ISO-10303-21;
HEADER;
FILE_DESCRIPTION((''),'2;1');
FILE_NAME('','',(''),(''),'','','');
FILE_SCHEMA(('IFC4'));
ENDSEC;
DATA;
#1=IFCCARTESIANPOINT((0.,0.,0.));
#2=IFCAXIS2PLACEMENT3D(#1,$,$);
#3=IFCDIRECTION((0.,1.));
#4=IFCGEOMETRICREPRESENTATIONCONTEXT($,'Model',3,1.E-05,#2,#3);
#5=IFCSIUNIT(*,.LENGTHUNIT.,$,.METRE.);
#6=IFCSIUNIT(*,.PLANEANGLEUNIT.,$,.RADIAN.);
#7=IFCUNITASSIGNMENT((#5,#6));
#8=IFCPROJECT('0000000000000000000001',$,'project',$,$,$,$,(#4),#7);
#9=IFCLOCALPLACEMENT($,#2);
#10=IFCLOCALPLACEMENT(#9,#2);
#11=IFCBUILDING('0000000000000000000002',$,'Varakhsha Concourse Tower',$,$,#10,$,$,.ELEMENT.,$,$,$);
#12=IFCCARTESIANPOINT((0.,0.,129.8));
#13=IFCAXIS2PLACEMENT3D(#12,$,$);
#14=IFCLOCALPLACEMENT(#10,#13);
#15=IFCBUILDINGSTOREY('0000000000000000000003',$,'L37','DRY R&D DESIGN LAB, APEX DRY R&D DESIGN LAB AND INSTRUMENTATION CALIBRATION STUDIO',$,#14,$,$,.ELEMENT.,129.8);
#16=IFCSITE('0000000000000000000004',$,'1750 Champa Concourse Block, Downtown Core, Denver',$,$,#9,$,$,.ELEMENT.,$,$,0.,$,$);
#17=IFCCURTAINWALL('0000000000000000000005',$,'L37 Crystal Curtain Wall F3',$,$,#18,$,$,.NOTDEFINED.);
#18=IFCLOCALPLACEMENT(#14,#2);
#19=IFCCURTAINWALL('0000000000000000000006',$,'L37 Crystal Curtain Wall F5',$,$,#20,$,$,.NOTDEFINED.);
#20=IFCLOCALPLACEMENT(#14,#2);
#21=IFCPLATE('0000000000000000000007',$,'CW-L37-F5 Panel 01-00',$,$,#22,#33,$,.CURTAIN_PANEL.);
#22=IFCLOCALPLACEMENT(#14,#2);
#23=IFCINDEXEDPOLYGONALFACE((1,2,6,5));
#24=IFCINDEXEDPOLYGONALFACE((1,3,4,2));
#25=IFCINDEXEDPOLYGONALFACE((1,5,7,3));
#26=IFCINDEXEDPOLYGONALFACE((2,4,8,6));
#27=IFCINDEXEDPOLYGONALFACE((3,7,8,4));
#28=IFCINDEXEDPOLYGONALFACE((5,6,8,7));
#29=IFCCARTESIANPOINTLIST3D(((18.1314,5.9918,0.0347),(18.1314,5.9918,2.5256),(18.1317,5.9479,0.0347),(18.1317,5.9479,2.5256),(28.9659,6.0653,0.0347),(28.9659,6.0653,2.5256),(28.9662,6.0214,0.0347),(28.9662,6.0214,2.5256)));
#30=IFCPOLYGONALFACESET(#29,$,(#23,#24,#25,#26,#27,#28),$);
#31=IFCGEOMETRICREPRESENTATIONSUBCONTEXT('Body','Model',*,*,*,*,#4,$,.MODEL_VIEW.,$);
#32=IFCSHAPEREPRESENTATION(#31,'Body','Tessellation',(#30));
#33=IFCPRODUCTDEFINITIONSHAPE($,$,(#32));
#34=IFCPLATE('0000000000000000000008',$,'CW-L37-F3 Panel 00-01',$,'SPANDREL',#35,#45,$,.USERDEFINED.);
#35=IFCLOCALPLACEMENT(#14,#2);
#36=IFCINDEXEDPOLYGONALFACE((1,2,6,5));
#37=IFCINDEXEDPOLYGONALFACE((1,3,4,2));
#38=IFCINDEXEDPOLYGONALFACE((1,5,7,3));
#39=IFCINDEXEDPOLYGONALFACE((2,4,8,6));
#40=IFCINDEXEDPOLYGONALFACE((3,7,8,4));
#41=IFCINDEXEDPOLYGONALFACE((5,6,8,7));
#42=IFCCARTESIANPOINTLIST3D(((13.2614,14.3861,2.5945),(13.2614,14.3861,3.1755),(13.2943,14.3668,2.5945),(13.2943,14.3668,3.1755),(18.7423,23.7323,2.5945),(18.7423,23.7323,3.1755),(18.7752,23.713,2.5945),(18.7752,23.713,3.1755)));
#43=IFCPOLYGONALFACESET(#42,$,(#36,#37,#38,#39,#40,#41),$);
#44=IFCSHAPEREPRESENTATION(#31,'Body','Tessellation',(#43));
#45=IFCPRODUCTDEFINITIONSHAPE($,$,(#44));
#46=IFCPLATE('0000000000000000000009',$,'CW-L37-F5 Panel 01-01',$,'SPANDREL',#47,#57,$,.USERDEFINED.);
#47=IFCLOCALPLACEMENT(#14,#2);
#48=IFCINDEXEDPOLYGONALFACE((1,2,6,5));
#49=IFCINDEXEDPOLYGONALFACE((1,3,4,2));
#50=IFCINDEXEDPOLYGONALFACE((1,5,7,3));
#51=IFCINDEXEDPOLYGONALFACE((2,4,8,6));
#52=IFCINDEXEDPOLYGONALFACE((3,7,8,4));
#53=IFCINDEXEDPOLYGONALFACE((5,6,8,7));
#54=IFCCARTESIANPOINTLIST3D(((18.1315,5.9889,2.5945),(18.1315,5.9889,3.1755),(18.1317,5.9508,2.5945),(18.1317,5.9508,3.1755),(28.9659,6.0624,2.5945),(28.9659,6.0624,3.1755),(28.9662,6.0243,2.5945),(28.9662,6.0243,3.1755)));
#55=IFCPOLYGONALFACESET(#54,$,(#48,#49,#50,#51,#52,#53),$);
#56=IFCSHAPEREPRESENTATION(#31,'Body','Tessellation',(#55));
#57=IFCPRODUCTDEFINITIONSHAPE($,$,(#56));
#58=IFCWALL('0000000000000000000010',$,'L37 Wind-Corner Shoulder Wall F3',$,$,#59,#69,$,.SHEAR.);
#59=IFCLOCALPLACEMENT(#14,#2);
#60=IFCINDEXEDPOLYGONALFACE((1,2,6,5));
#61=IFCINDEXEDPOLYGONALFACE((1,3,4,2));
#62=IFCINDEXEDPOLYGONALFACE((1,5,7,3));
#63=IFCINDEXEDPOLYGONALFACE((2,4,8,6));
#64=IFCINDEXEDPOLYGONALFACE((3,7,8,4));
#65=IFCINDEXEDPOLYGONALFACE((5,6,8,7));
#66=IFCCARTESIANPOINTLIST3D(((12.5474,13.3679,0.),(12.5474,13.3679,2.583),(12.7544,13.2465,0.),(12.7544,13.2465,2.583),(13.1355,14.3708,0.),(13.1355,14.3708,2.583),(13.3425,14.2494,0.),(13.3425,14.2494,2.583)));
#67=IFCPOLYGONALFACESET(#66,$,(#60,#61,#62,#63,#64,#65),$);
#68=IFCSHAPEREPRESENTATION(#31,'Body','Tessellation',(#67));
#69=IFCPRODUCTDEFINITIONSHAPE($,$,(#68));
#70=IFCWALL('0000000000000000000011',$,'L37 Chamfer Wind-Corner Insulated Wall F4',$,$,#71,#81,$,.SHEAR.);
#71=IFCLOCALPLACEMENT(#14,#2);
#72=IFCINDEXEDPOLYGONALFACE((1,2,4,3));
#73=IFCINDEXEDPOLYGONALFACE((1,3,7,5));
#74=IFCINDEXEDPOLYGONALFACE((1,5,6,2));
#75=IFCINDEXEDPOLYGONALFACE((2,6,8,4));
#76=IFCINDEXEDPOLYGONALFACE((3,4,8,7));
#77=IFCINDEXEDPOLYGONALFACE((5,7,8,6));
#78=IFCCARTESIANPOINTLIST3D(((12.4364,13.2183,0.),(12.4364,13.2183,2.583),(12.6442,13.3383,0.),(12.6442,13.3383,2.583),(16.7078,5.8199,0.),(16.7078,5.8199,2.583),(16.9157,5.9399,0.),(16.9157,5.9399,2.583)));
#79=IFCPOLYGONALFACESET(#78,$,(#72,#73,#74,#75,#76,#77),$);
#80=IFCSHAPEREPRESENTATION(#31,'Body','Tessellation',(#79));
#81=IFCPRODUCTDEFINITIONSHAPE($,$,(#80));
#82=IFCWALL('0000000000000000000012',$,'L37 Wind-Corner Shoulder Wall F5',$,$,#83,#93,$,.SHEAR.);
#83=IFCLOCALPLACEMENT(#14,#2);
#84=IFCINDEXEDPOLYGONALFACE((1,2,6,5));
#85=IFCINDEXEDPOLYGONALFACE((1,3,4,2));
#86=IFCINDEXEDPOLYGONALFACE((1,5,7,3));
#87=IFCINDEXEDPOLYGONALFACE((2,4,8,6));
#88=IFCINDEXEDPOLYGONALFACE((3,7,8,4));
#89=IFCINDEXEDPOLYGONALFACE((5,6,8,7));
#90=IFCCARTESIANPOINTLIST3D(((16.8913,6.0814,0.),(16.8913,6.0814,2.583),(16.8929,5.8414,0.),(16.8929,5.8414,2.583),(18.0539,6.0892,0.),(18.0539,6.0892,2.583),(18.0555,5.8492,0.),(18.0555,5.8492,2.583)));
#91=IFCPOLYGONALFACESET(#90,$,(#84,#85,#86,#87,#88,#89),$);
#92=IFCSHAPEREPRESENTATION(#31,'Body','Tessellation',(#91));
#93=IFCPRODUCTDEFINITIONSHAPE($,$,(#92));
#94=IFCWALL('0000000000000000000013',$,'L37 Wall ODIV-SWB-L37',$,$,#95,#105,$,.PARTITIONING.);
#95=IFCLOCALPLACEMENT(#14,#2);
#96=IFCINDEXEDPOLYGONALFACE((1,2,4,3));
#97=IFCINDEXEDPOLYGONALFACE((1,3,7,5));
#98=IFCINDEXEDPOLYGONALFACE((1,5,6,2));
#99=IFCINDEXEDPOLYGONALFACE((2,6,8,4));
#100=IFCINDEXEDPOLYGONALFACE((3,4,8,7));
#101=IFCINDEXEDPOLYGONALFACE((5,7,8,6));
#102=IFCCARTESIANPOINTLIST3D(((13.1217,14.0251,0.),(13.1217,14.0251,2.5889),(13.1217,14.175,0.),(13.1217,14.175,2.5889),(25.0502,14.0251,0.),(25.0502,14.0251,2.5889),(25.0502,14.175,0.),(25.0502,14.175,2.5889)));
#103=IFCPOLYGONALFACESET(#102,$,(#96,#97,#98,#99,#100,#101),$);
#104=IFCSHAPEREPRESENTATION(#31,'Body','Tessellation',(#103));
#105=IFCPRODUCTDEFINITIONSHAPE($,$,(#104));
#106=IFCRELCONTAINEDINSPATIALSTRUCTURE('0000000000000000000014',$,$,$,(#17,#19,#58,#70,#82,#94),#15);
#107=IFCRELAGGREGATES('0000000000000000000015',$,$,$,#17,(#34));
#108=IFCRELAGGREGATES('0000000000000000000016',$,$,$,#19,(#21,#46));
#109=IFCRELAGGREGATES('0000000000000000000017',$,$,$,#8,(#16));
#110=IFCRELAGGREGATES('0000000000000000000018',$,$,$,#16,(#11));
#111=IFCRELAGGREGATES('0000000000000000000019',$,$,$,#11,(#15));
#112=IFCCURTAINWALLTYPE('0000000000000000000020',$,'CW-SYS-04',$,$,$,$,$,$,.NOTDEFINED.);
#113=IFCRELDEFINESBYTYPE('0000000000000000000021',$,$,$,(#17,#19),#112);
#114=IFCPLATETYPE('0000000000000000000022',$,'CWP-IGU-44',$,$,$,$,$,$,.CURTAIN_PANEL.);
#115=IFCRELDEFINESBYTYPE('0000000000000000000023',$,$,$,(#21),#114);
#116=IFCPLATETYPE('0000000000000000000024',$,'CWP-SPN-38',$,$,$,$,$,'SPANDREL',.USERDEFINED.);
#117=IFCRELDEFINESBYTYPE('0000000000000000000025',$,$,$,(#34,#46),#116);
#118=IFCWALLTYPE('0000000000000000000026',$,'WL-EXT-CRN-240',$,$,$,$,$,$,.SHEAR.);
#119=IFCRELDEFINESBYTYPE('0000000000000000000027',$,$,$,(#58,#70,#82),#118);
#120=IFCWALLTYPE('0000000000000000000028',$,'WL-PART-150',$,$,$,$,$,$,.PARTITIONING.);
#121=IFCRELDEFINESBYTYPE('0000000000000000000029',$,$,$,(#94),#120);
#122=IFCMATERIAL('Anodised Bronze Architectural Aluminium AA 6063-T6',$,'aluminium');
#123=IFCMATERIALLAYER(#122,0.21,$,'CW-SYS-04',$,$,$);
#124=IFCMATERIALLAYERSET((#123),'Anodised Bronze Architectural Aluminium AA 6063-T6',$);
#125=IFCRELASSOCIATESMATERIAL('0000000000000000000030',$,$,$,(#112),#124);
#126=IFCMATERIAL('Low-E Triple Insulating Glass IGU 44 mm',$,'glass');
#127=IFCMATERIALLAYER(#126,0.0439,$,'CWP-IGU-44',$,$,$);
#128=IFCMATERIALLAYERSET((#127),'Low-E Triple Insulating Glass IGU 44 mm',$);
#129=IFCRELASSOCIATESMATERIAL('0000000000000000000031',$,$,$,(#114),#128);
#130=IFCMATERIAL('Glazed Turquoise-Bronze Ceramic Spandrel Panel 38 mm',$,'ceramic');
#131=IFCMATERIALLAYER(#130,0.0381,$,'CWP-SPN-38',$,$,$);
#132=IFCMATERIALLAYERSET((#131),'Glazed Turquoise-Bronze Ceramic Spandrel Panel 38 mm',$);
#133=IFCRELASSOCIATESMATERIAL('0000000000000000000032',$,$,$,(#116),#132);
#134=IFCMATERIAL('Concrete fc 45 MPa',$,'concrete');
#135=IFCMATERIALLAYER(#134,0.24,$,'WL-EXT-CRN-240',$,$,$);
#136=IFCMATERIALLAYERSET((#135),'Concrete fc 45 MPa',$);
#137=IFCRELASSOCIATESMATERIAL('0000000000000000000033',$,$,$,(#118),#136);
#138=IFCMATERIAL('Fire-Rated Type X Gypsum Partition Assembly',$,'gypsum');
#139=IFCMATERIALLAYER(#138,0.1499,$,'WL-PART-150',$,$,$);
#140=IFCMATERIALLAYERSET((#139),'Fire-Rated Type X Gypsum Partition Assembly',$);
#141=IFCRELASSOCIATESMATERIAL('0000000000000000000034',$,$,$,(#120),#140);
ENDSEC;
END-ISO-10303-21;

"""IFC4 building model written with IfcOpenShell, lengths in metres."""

from ifc_helpers import new_model, si_unit, direction, frame, frame_2d, origin, origin_2d, place, context, subcontext, project, spatial, rectangle, extrude, source, transform, mapped, material, layer, layer_set, type_object, type_shapes, element, aggregate, save


model = new_model("IFC4")

# Units and contexts
model_context = context("Model", 3, precision=1e-05, world=origin(), true_north=direction((0.0, 1.0)))
body_context = subcontext(model_context, "Body", "Model", "MODEL_VIEW")
ifc_project = project(units=[si_unit("LENGTHUNIT", "METRE"), si_unit("PLANEANGLEUNIT", "RADIAN")], contexts=[model_context])

# Site, building, storey
site_placement = place(None, origin())
site = spatial("IfcSite", under=ifc_project, at=site_placement, Name="1750 Champa Concourse Block, Downtown Core, Denver", CompositionType="ELEMENT", RefElevation=0.0)
building_placement = place(site_placement, origin())
building = spatial("IfcBuilding", under=site, at=building_placement, Name="Varakhsha Concourse Tower", CompositionType="ELEMENT")
storey_placement = place(building_placement, frame((0.0, 0.0, 129.8)))
storey = spatial("IfcBuildingStorey", under=building, at=storey_placement, Name="L37", Description="DRY R&D DESIGN LAB, APEX DRY R&D DESIGN LAB AND INSTRUMENTATION CALIBRATION STUDIO", CompositionType="ELEMENT", Elevation=129.8)

# Curtain walls
ifc_material_1 = material(Name="Anodised Bronze Architectural Aluminium AA 6063-T6", Category="aluminium")
ifc_layer_1 = layer(ifc_material_1, 0.21, Name="CW-SYS-04")
ifc_layer_set_1 = layer_set([ifc_layer_1], Name="Anodised Bronze Architectural Aluminium AA 6063-T6")
curtain_wall_type = type_object("IfcCurtainWallType", Name="CW-SYS-04", PredefinedType="NOTDEFINED", material=ifc_layer_set_1)
curtain_wall_1_placement = place(storey_placement, origin())
curtain_wall_1 = element("IfcCurtainWall", 1, at=curtain_wall_1_placement, inside=storey, type_object=curtain_wall_type, Name="L37 Crystal Curtain Wall F3", PredefinedType="NOTDEFINED")
curtain_wall_2_placement = place(storey_placement, origin())
curtain_wall_2 = element("IfcCurtainWall", 2, at=curtain_wall_2_placement, inside=storey, type_object=curtain_wall_type, Name="L37 Crystal Curtain Wall F5", PredefinedType="NOTDEFINED")

# Shared definitions
ifc_material_2 = material(Name="Concrete fc 45 MPa", Category="concrete")

# Plates
ifc_material_3 = material(Name="Low-E Triple Insulating Glass IGU 44 mm", Category="glass")
ifc_layer_2 = layer(ifc_material_3, 0.0439, Name="CWP-IGU-44")
ifc_layer_set_2 = layer_set([ifc_layer_2], Name="Low-E Triple Insulating Glass IGU 44 mm")
plate_type_1 = type_object("IfcPlateType", Name="CWP-IGU-44", PredefinedType="CURTAIN_PANEL", material=ifc_layer_set_2)
shared_shape_1 = source(origin(), body_context, "Body", "SweptSolid", [
    extrude(rectangle(XDim=10.8347, YDim=0.0439, at=origin_2d()), origin(), (0.0, 0.0, 1.0), 2.491),
])
type_shapes(plate_type_1, [shared_shape_1])
plate_1_placement = place(storey_placement, frame((23.5488, 6.0066, 0.0347), z_axis=(0.0, 0.0, 1.0), x_axis=(-0.999977, -0.006786, 0.0)))
plate_1 = element("IfcPlate", 3, at=plate_1_placement, type_object=plate_type_1, Name="CW-L37-F5 Panel 01-00", PredefinedType="CURTAIN_PANEL", context=body_context, shape_type="MappedRepresentation", body=[
    mapped(shared_shape_1, transform((0.0, 0.0, 0.0), scale=1.0)),
])
ifc_material_4 = material(Name="Glazed Turquoise-Bronze Ceramic Spandrel Panel 38 mm", Category="ceramic")
ifc_layer_3 = layer(ifc_material_4, 0.0381, Name="CWP-SPN-38")
ifc_layer_set_3 = layer_set([ifc_layer_3], Name="Glazed Turquoise-Bronze Ceramic Spandrel Panel 38 mm")
plate_type_2 = type_object("IfcPlateType", Name="CWP-SPN-38", ElementType="SPANDREL", PredefinedType="USERDEFINED", material=ifc_layer_set_3)
shared_shape_2 = source(origin(), body_context, "Body", "SweptSolid", [
    extrude(rectangle(XDim=10.8347, YDim=0.0381, at=origin_2d()), origin(), (0.0, 0.0, 1.0), 0.5811),
])
type_shapes(plate_type_2, [shared_shape_2])
plate_2_placement = place(storey_placement, frame((16.0183, 19.0496, 2.5945), z_axis=(0.0, 0.0, 1.0), x_axis=(0.505862, 0.862614, 0.0)))
plate_2 = element("IfcPlate", 4, at=plate_2_placement, type_object=plate_type_2, Name="CW-L37-F3 Panel 00-01", ObjectType="SPANDREL", PredefinedType="USERDEFINED", context=body_context, shape_type="MappedRepresentation", body=[
    mapped(shared_shape_2, transform((0.0, 0.0, 0.0), scale=1.0)),
])
aggregate(curtain_wall_1, [plate_2])
plate_3_placement = place(storey_placement, frame((23.5488, 6.0066, 2.5945), z_axis=(0.0, 0.0, 1.0), x_axis=(-0.999977, -0.006786, 0.0)))
plate_3 = element("IfcPlate", 5, at=plate_3_placement, type_object=plate_type_2, Name="CW-L37-F5 Panel 01-01", ObjectType="SPANDREL", PredefinedType="USERDEFINED", context=body_context, shape_type="MappedRepresentation", body=[
    mapped(shared_shape_2, transform((0.0, 0.0, 0.0), scale=1.0)),
])
aggregate(curtain_wall_2, [plate_1, plate_3])

# Walls
ifc_layer_4 = layer(ifc_material_2, 0.24, Name="WL-EXT-CRN-240")
ifc_layer_set_4 = layer_set([ifc_layer_4], Name="Concrete fc 45 MPa")
wall_type_1 = type_object("IfcWallType", Name="WL-EXT-CRN-240", PredefinedType="SHEAR", material=ifc_layer_set_4)
wall_1_placement = place(storey_placement, frame((13.239, 14.3101, 0.0), z_axis=(0.0, 0.0, 1.0), x_axis=(-0.505854, -0.862619, 0.0)))
element("IfcWall", 6, at=wall_1_placement, inside=storey, type_object=wall_type_1, Name="L37 Wind-Corner Shoulder Wall F3", PredefinedType="SHEAR", context=body_context, shape_type="SweptSolid", body=[
    extrude(rectangle(XDim=1.1626, YDim=0.24, at=frame_2d((0.5813, 0.0))), origin(), (0.0, 0.0, 1.0), 2.583),
])
wall_2_placement = place(storey_placement, frame((16.8118, 5.8799, 0.0), z_axis=(0.0, 0.0, 1.0), x_axis=(-0.5, 0.866026, 0.0)))
element("IfcWall", 7, at=wall_2_placement, inside=storey, type_object=wall_type_1, Name="L37 Chamfer Wind-Corner Insulated Wall F4", PredefinedType="SHEAR", context=body_context, shape_type="SweptSolid", body=[
    extrude(rectangle(XDim=8.543, YDim=0.24, at=frame_2d((4.2715, 0.0))), origin(), (0.0, 0.0, 1.0), 2.583),
])
wall_3_placement = place(storey_placement, frame((16.8921, 5.9614, 0.0), z_axis=(0.0, 0.0, 1.0), x_axis=(0.999977, 0.00672, 0.0)))
element("IfcWall", 8, at=wall_3_placement, inside=storey, type_object=wall_type_1, Name="L37 Wind-Corner Shoulder Wall F5", PredefinedType="SHEAR", context=body_context, shape_type="SweptSolid", body=[
    extrude(rectangle(XDim=1.1626, YDim=0.24, at=frame_2d((0.5813, 0.0))), origin(), (0.0, 0.0, 1.0), 2.583),
])
ifc_material_5 = material(Name="Fire-Rated Type X Gypsum Partition Assembly", Category="gypsum")
ifc_layer_5 = layer(ifc_material_5, 0.1499, Name="WL-PART-150")
ifc_layer_set_5 = layer_set([ifc_layer_5], Name="Fire-Rated Type X Gypsum Partition Assembly")
wall_type_2 = type_object("IfcWallType", Name="WL-PART-150", PredefinedType="PARTITIONING", material=ifc_layer_set_5)
wall_4_placement = place(storey_placement, frame((13.1216, 14.1001, 0.0), z_axis=(0.0, 0.0, 1.0), x_axis=(1.0, 0.0, 0.0)))
element("IfcWall", 9, at=wall_4_placement, inside=storey, type_object=wall_type_2, Name="L37 Wall ODIV-SWB-L37", PredefinedType="PARTITIONING", context=body_context, shape_type="SweptSolid", body=[
    extrude(rectangle(XDim=11.9285, YDim=0.1499, at=frame_2d((5.9644, 0.0))), origin(), (0.0, 0.0, 1.0), 2.5889),
])

save(model, "model.ifc")
